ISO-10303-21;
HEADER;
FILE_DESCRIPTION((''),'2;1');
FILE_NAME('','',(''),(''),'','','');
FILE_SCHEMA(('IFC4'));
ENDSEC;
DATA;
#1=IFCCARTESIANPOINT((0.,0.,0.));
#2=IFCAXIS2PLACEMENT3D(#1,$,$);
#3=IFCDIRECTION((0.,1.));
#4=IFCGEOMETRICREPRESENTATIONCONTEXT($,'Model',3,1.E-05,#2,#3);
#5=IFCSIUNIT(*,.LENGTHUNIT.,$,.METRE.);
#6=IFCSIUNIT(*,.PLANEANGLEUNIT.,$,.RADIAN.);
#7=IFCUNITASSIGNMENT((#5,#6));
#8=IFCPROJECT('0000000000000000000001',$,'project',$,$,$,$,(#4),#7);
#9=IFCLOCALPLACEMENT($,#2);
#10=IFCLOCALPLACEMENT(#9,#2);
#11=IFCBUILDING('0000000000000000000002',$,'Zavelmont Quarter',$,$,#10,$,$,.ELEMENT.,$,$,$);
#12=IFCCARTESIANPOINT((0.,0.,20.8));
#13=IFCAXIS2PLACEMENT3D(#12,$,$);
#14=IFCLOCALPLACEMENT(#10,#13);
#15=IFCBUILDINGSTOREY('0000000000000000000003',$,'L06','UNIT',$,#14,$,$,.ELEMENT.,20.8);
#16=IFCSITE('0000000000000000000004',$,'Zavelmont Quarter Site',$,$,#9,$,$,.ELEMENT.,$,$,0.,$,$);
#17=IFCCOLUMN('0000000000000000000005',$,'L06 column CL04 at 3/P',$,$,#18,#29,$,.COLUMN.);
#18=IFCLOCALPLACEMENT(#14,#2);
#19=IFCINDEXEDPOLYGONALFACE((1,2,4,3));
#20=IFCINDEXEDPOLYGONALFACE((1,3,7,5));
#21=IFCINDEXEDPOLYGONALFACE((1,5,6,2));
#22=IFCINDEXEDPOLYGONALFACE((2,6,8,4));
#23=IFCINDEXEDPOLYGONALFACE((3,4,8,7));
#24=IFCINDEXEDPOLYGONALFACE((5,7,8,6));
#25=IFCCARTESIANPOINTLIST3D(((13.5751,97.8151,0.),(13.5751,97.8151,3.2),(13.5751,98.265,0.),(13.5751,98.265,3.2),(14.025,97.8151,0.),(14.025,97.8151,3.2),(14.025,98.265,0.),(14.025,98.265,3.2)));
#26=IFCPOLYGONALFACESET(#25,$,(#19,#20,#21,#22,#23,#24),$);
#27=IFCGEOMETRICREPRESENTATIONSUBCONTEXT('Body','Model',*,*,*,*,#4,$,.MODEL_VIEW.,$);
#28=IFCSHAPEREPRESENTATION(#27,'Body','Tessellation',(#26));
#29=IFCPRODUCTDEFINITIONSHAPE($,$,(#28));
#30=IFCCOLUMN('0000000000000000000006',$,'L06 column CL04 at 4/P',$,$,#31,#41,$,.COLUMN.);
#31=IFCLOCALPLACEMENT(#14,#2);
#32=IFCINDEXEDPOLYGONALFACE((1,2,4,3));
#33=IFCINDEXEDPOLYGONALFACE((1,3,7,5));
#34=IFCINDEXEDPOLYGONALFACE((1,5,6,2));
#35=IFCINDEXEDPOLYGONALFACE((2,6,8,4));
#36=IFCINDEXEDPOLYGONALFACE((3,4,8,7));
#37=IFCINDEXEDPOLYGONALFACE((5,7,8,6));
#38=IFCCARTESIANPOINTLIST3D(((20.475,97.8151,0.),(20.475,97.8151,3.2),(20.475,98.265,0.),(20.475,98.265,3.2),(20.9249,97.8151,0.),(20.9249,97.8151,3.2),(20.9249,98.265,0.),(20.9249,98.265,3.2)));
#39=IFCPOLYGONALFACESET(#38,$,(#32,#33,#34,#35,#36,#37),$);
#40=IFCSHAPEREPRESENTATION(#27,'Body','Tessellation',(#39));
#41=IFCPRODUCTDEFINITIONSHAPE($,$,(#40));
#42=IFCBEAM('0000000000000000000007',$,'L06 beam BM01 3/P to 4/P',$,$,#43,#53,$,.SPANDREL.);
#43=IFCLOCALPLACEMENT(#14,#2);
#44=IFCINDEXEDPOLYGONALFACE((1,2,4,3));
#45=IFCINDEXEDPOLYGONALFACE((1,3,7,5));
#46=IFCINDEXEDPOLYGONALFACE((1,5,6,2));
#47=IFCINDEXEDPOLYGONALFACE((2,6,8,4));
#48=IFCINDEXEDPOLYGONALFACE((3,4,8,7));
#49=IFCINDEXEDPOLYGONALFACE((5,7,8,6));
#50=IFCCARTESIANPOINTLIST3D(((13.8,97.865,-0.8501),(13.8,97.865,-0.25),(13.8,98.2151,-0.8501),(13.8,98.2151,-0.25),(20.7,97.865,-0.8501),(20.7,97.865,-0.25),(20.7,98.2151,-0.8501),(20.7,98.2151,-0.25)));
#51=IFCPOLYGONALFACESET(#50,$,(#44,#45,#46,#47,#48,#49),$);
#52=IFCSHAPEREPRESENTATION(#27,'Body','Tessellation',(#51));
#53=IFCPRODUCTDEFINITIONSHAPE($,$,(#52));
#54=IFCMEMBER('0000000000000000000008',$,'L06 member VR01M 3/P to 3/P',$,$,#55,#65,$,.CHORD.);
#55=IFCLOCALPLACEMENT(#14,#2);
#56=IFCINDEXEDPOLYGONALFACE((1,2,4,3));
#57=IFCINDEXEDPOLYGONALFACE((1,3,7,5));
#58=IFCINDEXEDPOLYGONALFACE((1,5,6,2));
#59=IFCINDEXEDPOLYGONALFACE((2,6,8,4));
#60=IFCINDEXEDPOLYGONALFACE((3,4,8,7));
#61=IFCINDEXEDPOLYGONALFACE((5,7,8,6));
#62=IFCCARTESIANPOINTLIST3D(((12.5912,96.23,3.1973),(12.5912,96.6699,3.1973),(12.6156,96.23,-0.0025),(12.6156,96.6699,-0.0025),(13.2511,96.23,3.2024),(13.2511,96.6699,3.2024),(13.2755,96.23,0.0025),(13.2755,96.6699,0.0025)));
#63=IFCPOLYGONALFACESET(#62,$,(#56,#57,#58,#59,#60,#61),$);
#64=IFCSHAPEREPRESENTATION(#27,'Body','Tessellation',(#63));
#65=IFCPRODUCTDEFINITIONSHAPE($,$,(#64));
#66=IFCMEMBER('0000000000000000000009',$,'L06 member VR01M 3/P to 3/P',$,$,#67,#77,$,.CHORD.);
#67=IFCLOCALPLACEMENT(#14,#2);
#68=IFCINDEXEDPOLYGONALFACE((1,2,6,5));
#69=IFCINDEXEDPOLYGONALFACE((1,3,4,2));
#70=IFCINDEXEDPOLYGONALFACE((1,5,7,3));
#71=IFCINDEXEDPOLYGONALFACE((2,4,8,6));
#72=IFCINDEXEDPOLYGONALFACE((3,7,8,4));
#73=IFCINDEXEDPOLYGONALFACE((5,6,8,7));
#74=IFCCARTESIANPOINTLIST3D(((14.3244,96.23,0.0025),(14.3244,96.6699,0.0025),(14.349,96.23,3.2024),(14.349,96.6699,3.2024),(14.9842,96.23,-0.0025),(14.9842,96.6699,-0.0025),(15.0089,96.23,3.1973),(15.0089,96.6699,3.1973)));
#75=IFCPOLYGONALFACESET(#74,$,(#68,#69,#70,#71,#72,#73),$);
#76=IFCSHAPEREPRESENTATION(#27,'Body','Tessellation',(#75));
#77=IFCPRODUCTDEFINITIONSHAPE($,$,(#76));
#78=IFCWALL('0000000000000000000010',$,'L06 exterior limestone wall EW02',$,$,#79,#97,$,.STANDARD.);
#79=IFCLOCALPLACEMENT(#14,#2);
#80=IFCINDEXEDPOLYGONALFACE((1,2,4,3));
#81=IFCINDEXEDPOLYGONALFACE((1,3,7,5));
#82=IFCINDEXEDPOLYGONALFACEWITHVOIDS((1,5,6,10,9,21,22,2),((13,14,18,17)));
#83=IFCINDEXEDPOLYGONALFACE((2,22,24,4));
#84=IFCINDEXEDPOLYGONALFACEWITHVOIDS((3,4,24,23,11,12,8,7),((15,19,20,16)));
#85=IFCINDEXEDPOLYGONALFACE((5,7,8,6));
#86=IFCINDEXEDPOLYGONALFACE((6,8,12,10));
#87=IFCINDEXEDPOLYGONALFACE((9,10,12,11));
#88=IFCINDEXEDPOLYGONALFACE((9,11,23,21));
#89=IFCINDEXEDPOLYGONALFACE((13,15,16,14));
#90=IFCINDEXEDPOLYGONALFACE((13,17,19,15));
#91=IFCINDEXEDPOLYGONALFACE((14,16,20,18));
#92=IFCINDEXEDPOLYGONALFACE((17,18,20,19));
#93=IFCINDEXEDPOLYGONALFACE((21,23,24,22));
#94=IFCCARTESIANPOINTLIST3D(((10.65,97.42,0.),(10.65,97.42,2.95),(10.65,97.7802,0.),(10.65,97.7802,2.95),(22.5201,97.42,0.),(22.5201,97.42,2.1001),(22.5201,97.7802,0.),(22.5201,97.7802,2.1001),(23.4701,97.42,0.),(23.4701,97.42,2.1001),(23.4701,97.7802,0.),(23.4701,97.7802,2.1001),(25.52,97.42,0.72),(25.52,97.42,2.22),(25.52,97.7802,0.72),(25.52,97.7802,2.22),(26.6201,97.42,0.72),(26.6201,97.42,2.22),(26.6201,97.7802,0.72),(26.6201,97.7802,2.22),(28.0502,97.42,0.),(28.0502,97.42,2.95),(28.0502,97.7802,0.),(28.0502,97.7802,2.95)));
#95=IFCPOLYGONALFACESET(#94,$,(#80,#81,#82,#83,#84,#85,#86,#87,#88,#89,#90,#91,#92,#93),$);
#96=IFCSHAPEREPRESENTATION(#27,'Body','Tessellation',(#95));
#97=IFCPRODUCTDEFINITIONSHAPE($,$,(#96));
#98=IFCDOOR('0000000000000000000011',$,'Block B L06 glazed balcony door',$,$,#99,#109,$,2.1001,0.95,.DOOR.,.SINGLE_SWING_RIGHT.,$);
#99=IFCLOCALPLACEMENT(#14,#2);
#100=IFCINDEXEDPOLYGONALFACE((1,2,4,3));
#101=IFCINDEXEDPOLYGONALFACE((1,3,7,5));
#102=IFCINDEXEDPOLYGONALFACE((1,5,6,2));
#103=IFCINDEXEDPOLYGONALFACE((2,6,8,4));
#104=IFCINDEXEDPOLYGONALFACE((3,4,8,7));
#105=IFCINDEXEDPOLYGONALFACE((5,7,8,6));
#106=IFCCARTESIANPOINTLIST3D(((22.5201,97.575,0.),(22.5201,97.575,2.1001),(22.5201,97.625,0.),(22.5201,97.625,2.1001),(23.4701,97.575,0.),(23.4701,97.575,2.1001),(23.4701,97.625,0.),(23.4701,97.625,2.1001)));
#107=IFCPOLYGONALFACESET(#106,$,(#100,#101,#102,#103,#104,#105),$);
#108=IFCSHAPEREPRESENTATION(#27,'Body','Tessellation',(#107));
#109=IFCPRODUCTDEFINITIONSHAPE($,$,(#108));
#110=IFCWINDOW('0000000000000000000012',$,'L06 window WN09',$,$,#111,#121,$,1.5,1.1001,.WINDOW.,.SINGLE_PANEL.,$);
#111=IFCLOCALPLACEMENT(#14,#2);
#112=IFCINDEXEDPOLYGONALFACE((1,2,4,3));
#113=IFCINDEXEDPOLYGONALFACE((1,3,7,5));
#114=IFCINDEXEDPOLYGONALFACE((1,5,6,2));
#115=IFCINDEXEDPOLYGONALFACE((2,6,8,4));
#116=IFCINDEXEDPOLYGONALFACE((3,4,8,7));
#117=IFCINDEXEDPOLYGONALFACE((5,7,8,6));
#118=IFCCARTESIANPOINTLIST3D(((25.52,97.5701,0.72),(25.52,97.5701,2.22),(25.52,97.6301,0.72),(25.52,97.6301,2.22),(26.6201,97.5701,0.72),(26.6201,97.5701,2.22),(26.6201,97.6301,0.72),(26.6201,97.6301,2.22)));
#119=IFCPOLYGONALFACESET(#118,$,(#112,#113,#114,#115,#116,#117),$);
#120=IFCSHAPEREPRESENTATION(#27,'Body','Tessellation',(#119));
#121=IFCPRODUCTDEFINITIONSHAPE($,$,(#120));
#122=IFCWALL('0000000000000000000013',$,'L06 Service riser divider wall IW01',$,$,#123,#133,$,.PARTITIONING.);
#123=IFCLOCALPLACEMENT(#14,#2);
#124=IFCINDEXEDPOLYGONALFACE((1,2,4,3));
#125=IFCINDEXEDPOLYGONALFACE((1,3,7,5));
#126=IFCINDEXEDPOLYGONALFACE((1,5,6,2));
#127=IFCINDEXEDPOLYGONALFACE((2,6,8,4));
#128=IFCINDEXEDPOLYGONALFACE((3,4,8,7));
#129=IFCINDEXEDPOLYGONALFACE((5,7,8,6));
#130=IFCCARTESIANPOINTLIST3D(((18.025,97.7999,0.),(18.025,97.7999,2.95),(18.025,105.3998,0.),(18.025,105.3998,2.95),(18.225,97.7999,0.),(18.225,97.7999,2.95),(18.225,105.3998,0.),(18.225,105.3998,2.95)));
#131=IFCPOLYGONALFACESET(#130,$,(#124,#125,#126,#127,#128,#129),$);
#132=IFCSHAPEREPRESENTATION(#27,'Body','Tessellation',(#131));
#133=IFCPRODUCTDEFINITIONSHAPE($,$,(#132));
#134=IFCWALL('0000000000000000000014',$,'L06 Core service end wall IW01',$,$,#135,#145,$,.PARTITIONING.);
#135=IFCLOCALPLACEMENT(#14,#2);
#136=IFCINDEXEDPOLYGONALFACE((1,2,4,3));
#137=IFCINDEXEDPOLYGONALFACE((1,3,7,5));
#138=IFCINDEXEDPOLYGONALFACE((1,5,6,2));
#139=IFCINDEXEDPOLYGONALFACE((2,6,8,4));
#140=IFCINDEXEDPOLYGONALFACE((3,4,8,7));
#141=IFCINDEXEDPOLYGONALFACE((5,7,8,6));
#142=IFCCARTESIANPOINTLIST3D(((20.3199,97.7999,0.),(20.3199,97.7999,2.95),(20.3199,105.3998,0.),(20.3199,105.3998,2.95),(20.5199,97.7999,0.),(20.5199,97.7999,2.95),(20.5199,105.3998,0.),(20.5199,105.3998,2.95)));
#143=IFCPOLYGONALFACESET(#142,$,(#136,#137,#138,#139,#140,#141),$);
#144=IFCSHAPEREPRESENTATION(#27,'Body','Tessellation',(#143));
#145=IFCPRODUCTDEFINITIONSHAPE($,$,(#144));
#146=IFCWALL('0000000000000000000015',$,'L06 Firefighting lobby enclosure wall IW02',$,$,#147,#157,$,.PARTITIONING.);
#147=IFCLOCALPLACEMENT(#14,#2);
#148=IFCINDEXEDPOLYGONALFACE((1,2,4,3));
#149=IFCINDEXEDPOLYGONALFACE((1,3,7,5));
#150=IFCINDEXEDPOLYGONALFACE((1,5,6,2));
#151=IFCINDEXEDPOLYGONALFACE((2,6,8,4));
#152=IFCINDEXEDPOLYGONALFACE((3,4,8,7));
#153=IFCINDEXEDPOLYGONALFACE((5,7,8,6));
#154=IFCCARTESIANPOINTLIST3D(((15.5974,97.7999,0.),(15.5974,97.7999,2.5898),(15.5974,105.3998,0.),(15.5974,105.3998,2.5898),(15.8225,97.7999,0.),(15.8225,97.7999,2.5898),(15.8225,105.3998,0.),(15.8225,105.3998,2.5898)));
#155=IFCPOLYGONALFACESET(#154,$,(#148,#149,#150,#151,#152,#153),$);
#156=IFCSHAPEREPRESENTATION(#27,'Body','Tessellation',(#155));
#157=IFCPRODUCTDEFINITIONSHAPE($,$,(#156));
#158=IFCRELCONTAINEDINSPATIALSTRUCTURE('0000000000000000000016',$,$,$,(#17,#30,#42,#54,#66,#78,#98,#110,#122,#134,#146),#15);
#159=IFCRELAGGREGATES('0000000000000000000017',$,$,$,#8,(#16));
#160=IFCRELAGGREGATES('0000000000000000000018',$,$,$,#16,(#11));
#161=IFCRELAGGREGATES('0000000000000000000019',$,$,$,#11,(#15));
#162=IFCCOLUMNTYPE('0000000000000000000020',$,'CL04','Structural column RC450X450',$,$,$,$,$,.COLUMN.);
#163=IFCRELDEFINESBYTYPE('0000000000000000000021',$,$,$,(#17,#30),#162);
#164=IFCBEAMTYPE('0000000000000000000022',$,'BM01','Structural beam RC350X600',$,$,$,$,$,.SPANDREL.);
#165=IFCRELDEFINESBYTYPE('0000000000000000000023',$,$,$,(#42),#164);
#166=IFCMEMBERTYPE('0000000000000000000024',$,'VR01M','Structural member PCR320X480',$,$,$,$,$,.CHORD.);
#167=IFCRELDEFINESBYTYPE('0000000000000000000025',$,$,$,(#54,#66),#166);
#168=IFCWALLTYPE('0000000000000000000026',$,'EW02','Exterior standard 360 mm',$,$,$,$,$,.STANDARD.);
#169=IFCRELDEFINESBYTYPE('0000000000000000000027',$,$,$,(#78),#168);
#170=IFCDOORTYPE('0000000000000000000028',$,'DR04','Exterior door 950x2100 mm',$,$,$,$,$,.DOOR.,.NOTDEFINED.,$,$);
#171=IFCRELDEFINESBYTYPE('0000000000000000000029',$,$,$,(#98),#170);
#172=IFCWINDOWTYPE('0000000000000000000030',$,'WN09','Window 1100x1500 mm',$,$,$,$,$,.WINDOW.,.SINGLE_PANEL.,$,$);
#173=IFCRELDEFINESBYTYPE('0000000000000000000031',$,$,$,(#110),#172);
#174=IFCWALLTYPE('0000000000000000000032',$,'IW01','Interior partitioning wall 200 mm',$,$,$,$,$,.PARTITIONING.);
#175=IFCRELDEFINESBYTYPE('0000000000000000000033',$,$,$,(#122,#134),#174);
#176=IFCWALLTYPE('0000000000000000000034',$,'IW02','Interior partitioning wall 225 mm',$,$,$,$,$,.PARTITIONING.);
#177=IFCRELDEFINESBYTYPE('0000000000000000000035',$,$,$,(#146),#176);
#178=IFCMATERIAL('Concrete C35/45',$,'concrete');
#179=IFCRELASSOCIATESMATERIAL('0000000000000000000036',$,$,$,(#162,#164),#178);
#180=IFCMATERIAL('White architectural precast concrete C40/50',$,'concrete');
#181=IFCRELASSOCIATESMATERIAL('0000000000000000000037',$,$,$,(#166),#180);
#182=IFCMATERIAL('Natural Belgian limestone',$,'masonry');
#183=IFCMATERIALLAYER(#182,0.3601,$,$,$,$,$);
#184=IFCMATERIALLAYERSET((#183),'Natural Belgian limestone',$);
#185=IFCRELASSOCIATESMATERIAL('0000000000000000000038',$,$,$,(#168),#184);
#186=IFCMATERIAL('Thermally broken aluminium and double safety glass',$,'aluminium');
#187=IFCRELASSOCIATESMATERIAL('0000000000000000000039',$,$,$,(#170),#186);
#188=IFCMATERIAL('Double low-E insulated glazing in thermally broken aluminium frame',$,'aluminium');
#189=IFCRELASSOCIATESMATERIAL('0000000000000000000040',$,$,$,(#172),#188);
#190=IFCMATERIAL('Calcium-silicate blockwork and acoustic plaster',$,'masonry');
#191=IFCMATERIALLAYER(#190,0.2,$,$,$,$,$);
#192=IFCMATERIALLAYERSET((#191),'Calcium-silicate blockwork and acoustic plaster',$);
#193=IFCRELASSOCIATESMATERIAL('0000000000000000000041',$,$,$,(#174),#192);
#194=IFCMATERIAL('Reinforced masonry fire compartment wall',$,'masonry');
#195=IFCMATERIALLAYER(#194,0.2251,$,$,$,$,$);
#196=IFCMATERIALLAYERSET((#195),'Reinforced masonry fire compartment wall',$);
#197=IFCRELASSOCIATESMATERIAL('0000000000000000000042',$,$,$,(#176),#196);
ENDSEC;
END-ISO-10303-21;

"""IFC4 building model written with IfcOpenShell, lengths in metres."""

from ifc_helpers import new_model, si_unit, direction, frame, frame_2d, origin, origin_with_axes, origin_2d, place, context, subcontext, project, spatial, rectangle, extrude, material, layer, layer_set, material_profile, profile_set, type_object, element, fill, save


model = new_model("IFC4")

# Units and contexts
model_context = context("Model", 3, precision=1e-05, world=origin(), true_north=direction((0.0, 1.0)))
body_context = subcontext(model_context, "Body", "Model", "MODEL_VIEW")
ifc_project = project(units=[si_unit("LENGTHUNIT", "METRE"), si_unit("PLANEANGLEUNIT", "RADIAN")], contexts=[model_context])

# Site, building, storey
site_placement = place(None, origin())
site = spatial("IfcSite", under=ifc_project, at=site_placement, Name="Zavelmont Quarter Site", CompositionType="ELEMENT", RefElevation=0.0)
building_placement = place(site_placement, origin())
building = spatial("IfcBuilding", under=site, at=building_placement, Name="Zavelmont Quarter", CompositionType="ELEMENT")
storey_placement = place(building_placement, frame((0.0, 0.0, 20.8)))
storey = spatial("IfcBuildingStorey", under=building, at=storey_placement, Name="L06", Description="UNIT", CompositionType="ELEMENT", Elevation=20.8)

# Columns
ifc_material_1 = material(Name="Concrete C35/45", Category="concrete")
ifc_material_profile_1 = material_profile(ifc_material_1, rectangle(XDim=0.45, YDim=0.45, at=origin_2d()), Name="RC450X450")
ifc_profile_set_1 = profile_set([ifc_material_profile_1], Name="Concrete C35/45")
column_type = type_object("IfcColumnType", Name="CL04", Description="Structural column RC450X450", PredefinedType="COLUMN", material=ifc_profile_set_1)
for number, where, z_axis, x_axis, name in (
    (1, (13.8, 98.04, 0.0), (0.0, 0.0, 1.0), (1.0, 0.0, 0.0), "L06 column CL04 at 3/P"),
    (2, (20.7, 98.04, 0.0), (0.0, 0.0, 1.0), (1.0, 0.0, 0.0), "L06 column CL04 at 4/P"),
):
    element("IfcColumn", number, at=place(storey_placement, frame(where, z_axis=z_axis, x_axis=x_axis)), inside=storey, type_object=column_type, Name=name, PredefinedType="COLUMN", context=body_context, shape_type="SweptSolid", body=[
        extrude(rectangle(XDim=0.45, YDim=0.45, at=origin_2d()), origin(), (0.0, 0.0, 1.0), 3.2),
    ])

# Beam
ifc_material_profile_2 = material_profile(ifc_material_1, rectangle(XDim=0.3501, YDim=0.6001, at=origin_2d()), Name="RC350X600")
ifc_profile_set_2 = profile_set([ifc_material_profile_2], Name="Concrete C35/45")
beam_type = type_object("IfcBeamType", Name="BM01", Description="Structural beam RC350X600", PredefinedType="SPANDREL", material=ifc_profile_set_2)
beam_placement = place(storey_placement, frame((13.8, 98.04, -0.55), z_axis=(1.0, 0.0, 0.0), x_axis=(0.0, 1.0, 0.0)))
element("IfcBeam", 3, at=beam_placement, inside=storey, type_object=beam_type, Name="L06 beam BM01 3/P to 4/P", PredefinedType="SPANDREL", context=body_context, shape_type="SweptSolid", body=[
    extrude(rectangle(XDim=0.3501, YDim=0.6001, at=origin_2d()), origin(), (0.0, 0.0, 1.0), 6.8999),
])

# Members
ifc_material_2 = material(Name="White architectural precast concrete C40/50", Category="concrete")
ifc_material_profile_3 = material_profile(ifc_material_2, rectangle(XDim=0.4399, YDim=0.6599, at=origin_2d()), Name="PCR320X480")
ifc_profile_set_3 = profile_set([ifc_material_profile_3], Name="White architectural precast concrete C40/50")
member_type = type_object("IfcMemberType", Name="VR01M", Description="Structural member PCR320X480", PredefinedType="CHORD", material=ifc_profile_set_3)
for number, where, z_axis, x_axis, name in (
    (4, (12.9456, 96.45, 0.0), (-0.007629, 0.0, 0.999971), (0.0, -1.0, 0.0), "L06 member VR01M 3/P to 3/P"),
    (5, (14.6543, 96.45, 0.0), (0.007706, 0.0, 0.99997), (0.0, 1.0, 0.0), "L06 member VR01M 3/P to 3/P"),
):
    element("IfcMember", number, at=place(storey_placement, frame(where, z_axis=z_axis, x_axis=x_axis)), inside=storey, type_object=member_type, Name=name, PredefinedType="CHORD", context=body_context, shape_type="SweptSolid", body=[
        extrude(rectangle(XDim=0.4399, YDim=0.6599, at=origin_2d()), origin(), (0.0, 0.0, 1.0), 3.2),
    ])

# Wall, openings, door, window
ifc_material_3 = material(Name="Natural Belgian limestone", Category="masonry")
ifc_layer_1 = layer(ifc_material_3, 0.3601)
ifc_layer_set_1 = layer_set([ifc_layer_1], Name="Natural Belgian limestone")
wall_type_1 = type_object("IfcWallType", Name="EW02", Description="Exterior standard 360 mm", PredefinedType="STANDARD", material=ifc_layer_set_1)
wall_1_placement = place(storey_placement, frame((10.6499, 97.6001, 0.0), z_axis=(0.0, 0.0, 1.0), x_axis=(1.0, 0.0, 0.0)))
wall_1 = element("IfcWall", 6, at=wall_1_placement, inside=storey, type_object=wall_type_1, Name="L06 exterior limestone wall EW02", PredefinedType="STANDARD", context=body_context, shape_type="SweptSolid", body=[
    extrude(rectangle(XDim=17.4001, YDim=0.3601, at=frame_2d((8.7002, 0.0))), origin(), (0.0, 0.0, 1.0), 2.95),
])
opening_1_placement = place(wall_1_placement, frame((11.8701, 0.0, 0.0)))
opening_1 = element("IfcOpeningElement", 7, at=opening_1_placement, cuts=wall_1, PredefinedType="OPENING", context=body_context, shape_type="SweptSolid", body=[
    extrude(rectangle(XDim=0.95, YDim=2.1001, at=frame_2d((0.4751, 1.05))), frame((0.0, 0.1919, 0.0), z_axis=(0.0, -1.0, 0.0), x_axis=(1.0, 0.0, 0.0)), (0.0, 0.0, 1.0), 0.384),
])
opening_2_placement = place(wall_1_placement, frame((14.8701, 0.0, 0.72)))
opening_2 = element("IfcOpeningElement", 8, at=opening_2_placement, cuts=wall_1, PredefinedType="OPENING", context=body_context, shape_type="SweptSolid", body=[
    extrude(rectangle(XDim=1.1001, YDim=1.5, at=frame_2d((0.55, 0.75))), frame((0.0, 0.1919, 0.0), z_axis=(0.0, -1.0, 0.0), x_axis=(1.0, 0.0, 0.0)), (0.0, 0.0, 1.0), 0.384),
])
ifc_material_4 = material(Name="Thermally broken aluminium and double safety glass", Category="aluminium")
door_type_1 = type_object("IfcDoorType", Name="DR04", Description="Exterior door 950x2100 mm", OperationType="NOTDEFINED", PredefinedType="DOOR", material=ifc_material_4)
door_1_placement = place(opening_1_placement, origin_with_axes())
door_1 = element("IfcDoor", 9, at=door_1_placement, inside=storey, type_object=door_type_1, Name="Block B L06 glazed balcony door", OperationType="SINGLE_SWING_RIGHT", OverallHeight=2.1001, OverallWidth=0.95, PredefinedType="DOOR", context=body_context, shape_type="SweptSolid", body=[
    extrude(rectangle(XDim=0.95, YDim=2.1001, at=frame_2d((0.4751, 1.05))), frame((0.0, 0.0249, 0.0), z_axis=(0.0, -1.0, 0.0), x_axis=(1.0, 0.0, 0.0)), (0.0, 0.0, 1.0), 0.05),
])
fill(opening_1, door_1)
ifc_material_5 = material(Name="Double low-E insulated glazing in thermally broken aluminium frame", Category="aluminium")
window_type = type_object("IfcWindowType", Name="WN09", Description="Window 1100x1500 mm", PartitioningType="SINGLE_PANEL", PredefinedType="WINDOW", material=ifc_material_5)
window_placement = place(opening_2_placement, origin_with_axes())
window = element("IfcWindow", 10, at=window_placement, inside=storey, type_object=window_type, Name="L06 window WN09", OverallHeight=1.5, OverallWidth=1.1001, PartitioningType="SINGLE_PANEL", PredefinedType="WINDOW", context=body_context, shape_type="SweptSolid", body=[
    extrude(rectangle(XDim=1.1001, YDim=1.5, at=frame_2d((0.55, 0.75))), frame((0.0, 0.03, 0.0), z_axis=(0.0, -1.0, 0.0), x_axis=(1.0, 0.0, 0.0)), (0.0, 0.0, 1.0), 0.0601),
])
fill(opening_2, window)

# Walls
ifc_material_6 = material(Name="Calcium-silicate blockwork and acoustic plaster", Category="masonry")
ifc_layer_2 = layer(ifc_material_6, 0.2)
ifc_layer_set_2 = layer_set([ifc_layer_2], Name="Calcium-silicate blockwork and acoustic plaster")
wall_type_2 = type_object("IfcWallType", Name="IW01", Description="Interior partitioning wall 200 mm", PredefinedType="PARTITIONING", material=ifc_layer_set_2)
for number, where, z_axis, x_axis, name in (
    (11, (18.125, 97.8, 0.0), (0.0, 0.0, 1.0), (0.0, 1.0, 0.0), "L06 Service riser divider wall IW01"),
    (12, (20.4199, 97.8, 0.0), (0.0, 0.0, 1.0), (0.0, 1.0, 0.0), "L06 Core service end wall IW01"),
):
    element("IfcWall", number, at=place(storey_placement, frame(where, z_axis=z_axis, x_axis=x_axis)), inside=storey, type_object=wall_type_2, Name=name, PredefinedType="PARTITIONING", context=body_context, shape_type="SweptSolid", body=[
        extrude(rectangle(XDim=7.5999, YDim=0.2, at=frame_2d((3.7998, 0.0))), origin(), (0.0, 0.0, 1.0), 2.95),
    ])
ifc_material_7 = material(Name="Reinforced masonry fire compartment wall", Category="masonry")
ifc_layer_3 = layer(ifc_material_7, 0.2251)
ifc_layer_set_3 = layer_set([ifc_layer_3], Name="Reinforced masonry fire compartment wall")
wall_type_3 = type_object("IfcWallType", Name="IW02", Description="Interior partitioning wall 225 mm", PredefinedType="PARTITIONING", material=ifc_layer_set_3)
wall_2_placement = place(storey_placement, frame((15.71, 97.8, 0.0), z_axis=(0.0, 0.0, 1.0), x_axis=(0.0, 1.0, 0.0)))
element("IfcWall", 13, at=wall_2_placement, inside=storey, type_object=wall_type_3, Name="L06 Firefighting lobby enclosure wall IW02", PredefinedType="PARTITIONING", context=body_context, shape_type="SweptSolid", body=[
    extrude(rectangle(XDim=7.5999, YDim=0.2251, at=frame_2d((3.7998, 0.0))), origin(), (0.0, 0.0, 1.0), 2.5898),
])

save(model, "model.ifc")
